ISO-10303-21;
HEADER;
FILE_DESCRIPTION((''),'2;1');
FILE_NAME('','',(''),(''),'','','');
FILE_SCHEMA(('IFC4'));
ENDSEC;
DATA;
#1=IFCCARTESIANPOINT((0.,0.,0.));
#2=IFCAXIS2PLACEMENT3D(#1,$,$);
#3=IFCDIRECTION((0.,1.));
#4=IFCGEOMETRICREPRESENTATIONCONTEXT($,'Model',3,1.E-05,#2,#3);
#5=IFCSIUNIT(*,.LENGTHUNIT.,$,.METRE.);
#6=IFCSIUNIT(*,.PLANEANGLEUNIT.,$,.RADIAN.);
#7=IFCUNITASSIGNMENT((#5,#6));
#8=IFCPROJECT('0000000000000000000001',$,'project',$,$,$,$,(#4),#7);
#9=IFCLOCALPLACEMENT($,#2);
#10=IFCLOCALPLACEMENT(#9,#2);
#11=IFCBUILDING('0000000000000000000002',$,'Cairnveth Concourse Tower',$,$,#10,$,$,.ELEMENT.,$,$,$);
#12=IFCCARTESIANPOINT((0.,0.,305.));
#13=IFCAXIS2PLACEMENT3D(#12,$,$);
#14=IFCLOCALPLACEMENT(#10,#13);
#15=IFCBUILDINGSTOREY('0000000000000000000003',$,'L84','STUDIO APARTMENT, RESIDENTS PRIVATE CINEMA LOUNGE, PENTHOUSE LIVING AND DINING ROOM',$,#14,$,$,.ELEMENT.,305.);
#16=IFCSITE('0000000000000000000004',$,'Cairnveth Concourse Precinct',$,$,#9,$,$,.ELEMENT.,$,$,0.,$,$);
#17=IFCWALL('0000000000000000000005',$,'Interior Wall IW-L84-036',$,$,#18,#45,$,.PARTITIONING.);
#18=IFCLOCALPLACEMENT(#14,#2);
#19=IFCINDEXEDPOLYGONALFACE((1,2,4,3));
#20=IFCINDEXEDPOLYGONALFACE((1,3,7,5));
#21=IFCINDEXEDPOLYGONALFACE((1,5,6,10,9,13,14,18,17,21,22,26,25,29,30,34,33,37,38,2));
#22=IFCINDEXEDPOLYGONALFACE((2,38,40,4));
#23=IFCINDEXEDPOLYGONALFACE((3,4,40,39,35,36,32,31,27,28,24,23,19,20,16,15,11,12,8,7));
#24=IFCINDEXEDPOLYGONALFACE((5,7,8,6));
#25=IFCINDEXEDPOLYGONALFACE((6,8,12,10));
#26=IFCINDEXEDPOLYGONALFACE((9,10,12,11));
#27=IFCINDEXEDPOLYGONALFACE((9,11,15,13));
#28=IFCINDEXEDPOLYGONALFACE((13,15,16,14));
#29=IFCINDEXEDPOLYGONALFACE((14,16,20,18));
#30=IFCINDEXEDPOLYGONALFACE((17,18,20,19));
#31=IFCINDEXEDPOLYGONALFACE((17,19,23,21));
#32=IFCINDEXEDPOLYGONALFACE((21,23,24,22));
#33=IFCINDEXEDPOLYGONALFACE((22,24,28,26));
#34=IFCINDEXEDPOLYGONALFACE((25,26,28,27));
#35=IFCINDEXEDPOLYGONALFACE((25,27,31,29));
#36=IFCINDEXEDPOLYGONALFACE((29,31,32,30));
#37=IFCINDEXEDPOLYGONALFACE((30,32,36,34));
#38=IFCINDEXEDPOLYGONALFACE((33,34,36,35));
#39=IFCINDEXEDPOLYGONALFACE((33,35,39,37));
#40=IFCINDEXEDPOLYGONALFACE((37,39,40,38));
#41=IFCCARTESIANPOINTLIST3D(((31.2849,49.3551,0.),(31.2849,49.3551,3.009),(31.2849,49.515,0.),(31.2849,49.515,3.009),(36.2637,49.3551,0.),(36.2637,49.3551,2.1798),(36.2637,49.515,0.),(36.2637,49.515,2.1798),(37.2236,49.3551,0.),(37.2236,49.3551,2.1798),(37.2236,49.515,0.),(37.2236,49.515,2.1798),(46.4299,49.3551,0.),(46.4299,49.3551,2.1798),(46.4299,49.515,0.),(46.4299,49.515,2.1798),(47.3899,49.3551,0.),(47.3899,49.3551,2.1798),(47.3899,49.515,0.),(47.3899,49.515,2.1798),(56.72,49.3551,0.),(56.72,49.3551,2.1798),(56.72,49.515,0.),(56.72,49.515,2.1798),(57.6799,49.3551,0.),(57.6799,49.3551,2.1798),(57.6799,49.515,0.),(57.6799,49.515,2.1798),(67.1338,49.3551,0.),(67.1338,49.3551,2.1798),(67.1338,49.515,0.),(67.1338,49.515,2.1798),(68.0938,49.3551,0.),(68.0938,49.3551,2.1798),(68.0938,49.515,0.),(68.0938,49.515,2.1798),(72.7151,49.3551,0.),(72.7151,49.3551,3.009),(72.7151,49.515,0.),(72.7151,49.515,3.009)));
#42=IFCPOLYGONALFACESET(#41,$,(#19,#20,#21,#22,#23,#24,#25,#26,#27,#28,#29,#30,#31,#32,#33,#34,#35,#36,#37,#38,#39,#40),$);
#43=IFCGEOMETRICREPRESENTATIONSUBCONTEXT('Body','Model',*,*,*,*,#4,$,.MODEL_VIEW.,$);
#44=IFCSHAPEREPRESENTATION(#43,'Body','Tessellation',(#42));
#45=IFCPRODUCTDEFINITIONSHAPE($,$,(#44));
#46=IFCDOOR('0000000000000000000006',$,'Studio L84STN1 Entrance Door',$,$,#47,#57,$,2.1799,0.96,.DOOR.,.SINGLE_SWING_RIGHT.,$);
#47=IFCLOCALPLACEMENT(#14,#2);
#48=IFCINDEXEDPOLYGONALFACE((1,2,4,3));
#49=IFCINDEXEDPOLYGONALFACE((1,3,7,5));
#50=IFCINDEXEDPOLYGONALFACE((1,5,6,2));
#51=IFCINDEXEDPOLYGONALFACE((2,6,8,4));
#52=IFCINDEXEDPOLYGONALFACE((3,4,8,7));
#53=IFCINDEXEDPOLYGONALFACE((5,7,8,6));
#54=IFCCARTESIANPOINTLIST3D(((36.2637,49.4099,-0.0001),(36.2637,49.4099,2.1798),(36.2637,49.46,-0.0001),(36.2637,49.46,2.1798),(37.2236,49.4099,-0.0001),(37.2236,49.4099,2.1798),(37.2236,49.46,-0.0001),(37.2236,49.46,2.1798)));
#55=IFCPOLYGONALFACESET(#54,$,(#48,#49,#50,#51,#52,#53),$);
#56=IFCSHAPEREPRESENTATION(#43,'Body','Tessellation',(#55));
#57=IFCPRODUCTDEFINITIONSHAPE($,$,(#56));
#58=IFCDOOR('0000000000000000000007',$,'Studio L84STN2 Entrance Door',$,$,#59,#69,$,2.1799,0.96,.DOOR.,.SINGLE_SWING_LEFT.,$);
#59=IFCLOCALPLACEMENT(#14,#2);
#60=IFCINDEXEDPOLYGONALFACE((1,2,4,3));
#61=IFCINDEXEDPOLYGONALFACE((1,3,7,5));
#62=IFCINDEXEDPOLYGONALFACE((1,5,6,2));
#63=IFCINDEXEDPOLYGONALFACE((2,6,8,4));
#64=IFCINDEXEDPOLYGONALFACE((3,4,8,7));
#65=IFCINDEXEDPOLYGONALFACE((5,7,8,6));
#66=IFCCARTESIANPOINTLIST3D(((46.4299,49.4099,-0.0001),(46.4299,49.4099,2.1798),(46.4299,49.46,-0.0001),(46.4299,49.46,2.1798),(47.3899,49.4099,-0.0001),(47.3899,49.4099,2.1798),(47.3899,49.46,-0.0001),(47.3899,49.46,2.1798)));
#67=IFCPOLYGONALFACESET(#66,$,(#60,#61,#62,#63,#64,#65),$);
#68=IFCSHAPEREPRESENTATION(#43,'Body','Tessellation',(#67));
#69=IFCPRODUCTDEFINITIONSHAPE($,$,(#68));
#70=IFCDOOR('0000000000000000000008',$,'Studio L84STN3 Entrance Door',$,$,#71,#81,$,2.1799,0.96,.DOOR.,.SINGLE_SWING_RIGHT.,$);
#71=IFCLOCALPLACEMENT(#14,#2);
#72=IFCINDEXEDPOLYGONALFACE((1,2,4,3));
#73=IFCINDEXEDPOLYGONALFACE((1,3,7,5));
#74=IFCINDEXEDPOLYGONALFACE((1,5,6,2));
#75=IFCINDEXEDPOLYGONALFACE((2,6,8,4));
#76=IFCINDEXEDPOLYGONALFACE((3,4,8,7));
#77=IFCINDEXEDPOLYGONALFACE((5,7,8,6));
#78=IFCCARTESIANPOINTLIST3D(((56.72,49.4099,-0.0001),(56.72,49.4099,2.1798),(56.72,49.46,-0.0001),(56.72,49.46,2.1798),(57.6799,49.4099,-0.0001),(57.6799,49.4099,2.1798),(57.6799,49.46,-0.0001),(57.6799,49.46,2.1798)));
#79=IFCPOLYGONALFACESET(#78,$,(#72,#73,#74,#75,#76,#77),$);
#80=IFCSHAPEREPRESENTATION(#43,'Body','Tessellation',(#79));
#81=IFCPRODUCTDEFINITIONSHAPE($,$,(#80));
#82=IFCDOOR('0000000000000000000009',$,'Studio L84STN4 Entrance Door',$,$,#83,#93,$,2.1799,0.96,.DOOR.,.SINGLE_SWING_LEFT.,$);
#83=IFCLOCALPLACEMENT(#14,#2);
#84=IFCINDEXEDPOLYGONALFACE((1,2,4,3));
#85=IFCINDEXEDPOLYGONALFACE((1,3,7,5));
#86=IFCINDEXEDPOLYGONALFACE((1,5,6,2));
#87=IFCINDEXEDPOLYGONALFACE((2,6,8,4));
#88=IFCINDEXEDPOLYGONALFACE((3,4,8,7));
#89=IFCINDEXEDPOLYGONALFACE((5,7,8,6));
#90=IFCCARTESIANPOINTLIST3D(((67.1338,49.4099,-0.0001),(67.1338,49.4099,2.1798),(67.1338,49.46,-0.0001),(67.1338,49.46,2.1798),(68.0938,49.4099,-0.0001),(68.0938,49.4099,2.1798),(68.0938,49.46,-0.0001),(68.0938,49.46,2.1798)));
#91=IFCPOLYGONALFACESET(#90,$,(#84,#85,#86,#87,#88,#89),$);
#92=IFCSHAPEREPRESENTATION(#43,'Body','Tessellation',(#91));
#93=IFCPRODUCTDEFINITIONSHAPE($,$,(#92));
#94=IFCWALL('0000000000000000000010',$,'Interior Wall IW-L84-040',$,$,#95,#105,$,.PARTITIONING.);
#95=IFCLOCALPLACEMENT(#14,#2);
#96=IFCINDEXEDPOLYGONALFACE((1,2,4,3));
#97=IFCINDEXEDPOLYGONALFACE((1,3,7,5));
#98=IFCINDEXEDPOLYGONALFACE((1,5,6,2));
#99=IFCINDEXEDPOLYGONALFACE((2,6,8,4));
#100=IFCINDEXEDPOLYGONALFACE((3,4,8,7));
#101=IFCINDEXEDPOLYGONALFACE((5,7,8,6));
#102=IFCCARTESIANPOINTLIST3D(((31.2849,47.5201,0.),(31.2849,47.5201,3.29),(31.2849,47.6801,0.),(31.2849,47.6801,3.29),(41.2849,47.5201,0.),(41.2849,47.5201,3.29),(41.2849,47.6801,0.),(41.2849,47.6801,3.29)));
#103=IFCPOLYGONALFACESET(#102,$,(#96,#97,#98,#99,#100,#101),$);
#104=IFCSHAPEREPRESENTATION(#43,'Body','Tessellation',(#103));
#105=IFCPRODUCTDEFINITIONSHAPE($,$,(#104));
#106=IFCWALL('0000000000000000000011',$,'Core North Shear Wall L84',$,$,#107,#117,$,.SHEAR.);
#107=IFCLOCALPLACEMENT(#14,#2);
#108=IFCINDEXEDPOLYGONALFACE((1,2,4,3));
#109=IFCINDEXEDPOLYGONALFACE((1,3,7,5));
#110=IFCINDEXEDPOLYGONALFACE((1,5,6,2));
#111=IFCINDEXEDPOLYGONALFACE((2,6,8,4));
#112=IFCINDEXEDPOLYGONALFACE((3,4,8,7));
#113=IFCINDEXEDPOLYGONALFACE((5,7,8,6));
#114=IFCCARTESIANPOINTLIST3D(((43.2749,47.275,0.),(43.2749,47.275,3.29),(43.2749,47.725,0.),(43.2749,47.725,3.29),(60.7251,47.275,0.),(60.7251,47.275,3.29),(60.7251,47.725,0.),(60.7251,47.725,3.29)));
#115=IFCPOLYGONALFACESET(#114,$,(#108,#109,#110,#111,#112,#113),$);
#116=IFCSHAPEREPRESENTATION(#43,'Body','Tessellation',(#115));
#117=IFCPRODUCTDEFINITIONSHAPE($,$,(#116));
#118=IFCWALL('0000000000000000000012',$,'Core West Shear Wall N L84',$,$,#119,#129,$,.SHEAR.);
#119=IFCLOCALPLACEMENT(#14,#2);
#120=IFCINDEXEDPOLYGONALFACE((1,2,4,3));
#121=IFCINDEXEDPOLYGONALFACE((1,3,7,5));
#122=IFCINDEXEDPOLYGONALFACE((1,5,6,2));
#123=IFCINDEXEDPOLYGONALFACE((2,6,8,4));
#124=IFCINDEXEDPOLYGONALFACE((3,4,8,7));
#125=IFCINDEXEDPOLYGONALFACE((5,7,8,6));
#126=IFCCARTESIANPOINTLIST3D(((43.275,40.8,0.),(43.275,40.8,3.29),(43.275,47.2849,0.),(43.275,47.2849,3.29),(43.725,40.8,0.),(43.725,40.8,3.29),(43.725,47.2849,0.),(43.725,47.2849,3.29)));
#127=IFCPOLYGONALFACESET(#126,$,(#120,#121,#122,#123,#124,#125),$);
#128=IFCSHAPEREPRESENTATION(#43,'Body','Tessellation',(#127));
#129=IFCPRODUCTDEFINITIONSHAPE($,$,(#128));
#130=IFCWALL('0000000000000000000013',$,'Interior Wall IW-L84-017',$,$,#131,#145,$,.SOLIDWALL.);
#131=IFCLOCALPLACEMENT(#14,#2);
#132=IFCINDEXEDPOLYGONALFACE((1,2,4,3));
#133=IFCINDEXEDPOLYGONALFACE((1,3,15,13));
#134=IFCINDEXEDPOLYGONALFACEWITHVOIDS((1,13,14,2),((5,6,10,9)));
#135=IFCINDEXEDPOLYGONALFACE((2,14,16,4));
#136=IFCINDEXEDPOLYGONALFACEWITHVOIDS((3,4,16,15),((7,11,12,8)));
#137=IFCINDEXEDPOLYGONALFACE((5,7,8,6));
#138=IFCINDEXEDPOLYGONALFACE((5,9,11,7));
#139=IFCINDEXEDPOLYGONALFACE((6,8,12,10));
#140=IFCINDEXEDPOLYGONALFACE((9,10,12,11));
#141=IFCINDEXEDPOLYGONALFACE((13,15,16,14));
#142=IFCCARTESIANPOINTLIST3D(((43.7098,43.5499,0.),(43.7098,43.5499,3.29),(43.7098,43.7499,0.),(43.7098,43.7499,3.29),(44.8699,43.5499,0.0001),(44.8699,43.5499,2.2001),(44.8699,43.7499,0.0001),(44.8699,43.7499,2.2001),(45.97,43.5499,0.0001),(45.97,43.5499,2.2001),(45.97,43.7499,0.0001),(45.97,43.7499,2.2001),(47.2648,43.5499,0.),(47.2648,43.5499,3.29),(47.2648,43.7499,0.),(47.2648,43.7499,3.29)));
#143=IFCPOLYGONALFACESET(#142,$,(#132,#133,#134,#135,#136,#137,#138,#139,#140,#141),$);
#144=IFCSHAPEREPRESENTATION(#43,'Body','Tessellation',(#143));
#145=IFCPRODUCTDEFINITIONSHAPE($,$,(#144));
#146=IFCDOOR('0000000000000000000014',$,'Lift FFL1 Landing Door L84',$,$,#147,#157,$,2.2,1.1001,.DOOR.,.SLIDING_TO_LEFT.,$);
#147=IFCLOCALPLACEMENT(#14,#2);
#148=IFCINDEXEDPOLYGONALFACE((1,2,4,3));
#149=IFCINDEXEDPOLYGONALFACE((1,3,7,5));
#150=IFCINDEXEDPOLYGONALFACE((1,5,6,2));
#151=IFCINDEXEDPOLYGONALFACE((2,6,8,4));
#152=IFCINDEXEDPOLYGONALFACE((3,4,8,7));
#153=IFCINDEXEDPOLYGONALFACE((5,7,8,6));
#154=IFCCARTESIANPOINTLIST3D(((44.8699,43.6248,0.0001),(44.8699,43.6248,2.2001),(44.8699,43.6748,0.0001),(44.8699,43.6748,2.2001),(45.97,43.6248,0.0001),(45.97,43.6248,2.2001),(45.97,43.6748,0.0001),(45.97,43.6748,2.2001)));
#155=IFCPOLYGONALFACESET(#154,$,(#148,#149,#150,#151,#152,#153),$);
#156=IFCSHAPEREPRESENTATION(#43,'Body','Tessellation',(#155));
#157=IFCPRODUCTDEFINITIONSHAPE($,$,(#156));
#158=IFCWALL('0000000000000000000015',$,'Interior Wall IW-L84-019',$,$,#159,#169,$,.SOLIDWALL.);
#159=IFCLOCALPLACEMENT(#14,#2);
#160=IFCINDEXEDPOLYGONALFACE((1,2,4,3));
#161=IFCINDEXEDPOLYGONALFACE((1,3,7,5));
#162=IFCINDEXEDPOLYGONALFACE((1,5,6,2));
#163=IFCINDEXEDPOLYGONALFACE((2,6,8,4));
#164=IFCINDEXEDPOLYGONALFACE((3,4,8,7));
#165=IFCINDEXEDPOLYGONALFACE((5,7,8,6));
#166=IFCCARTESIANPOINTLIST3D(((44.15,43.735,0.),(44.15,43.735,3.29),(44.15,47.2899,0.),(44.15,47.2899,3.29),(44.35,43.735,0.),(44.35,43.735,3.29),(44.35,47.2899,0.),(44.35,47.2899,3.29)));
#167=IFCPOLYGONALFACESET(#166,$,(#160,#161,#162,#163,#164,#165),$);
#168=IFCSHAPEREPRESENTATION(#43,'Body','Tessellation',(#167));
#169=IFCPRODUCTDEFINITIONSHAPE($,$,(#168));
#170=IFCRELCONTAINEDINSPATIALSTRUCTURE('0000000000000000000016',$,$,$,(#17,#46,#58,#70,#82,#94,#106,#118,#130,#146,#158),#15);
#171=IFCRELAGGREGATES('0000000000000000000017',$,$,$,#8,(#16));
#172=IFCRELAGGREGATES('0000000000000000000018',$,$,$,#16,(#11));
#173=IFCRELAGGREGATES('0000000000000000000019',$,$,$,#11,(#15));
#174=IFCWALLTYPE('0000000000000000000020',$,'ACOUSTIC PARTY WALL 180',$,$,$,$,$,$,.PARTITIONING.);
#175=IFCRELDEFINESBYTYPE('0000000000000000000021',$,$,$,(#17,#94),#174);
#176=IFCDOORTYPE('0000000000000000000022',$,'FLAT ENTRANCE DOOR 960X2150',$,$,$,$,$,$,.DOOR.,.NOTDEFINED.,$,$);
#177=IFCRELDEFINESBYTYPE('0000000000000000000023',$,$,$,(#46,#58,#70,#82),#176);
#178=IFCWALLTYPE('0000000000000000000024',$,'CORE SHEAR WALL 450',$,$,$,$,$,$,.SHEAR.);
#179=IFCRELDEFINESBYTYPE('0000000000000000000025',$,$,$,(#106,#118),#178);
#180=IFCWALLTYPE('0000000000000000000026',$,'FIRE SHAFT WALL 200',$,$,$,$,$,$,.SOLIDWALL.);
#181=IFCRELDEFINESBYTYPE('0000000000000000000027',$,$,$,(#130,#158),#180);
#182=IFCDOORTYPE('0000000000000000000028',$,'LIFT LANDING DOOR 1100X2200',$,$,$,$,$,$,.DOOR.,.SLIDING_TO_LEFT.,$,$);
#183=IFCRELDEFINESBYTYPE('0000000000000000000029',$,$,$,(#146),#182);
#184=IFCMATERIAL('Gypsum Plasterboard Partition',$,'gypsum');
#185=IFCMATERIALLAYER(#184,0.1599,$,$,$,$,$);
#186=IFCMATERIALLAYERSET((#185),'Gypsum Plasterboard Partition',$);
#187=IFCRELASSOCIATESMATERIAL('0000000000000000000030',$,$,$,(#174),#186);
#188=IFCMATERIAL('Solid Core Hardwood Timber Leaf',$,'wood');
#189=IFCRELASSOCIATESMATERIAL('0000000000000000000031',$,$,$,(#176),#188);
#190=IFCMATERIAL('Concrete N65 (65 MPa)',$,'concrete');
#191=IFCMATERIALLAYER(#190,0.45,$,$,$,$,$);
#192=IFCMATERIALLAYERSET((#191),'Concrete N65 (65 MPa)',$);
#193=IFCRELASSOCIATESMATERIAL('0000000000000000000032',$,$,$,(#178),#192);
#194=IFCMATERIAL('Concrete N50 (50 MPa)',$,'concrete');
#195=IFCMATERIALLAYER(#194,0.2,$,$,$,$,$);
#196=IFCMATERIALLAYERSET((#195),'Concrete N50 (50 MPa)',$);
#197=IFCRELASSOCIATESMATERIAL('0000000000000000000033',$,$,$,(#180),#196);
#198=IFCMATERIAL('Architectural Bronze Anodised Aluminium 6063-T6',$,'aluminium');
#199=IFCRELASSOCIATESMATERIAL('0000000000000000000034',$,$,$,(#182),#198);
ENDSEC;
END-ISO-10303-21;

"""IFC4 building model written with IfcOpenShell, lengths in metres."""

from ifc_helpers import new_model, si_unit, direction, frame, frame_2d, origin, place, context, subcontext, project, spatial, rectangle, extrude, material, layer, layer_set, type_object, element, fill, save


model = new_model("IFC4")

# Units and contexts
model_context = context("Model", 3, precision=1e-05, world=origin(), true_north=direction((0.0, 1.0)))
body_context = subcontext(model_context, "Body", "Model", "MODEL_VIEW")
ifc_project = project(units=[si_unit("LENGTHUNIT", "METRE"), si_unit("PLANEANGLEUNIT", "RADIAN")], contexts=[model_context])

# Site, building, storey
site_placement = place(None, origin())
site = spatial("IfcSite", under=ifc_project, at=site_placement, Name="Cairnveth Concourse Precinct", CompositionType="ELEMENT", RefElevation=0.0)
building_placement = place(site_placement, origin())
building = spatial("IfcBuilding", under=site, at=building_placement, Name="Cairnveth Concourse Tower", CompositionType="ELEMENT")
storey_placement = place(building_placement, frame((0.0, 0.0, 305.0)))
storey = spatial("IfcBuildingStorey", under=building, at=storey_placement, Name="L84", Description="STUDIO APARTMENT, RESIDENTS PRIVATE CINEMA LOUNGE, PENTHOUSE LIVING AND DINING ROOM", CompositionType="ELEMENT", Elevation=305.0)

# Shared definitions
ifc_material_1 = material(Name="Concrete N50 (50 MPa)", Category="concrete")

# Wall, openings, doors
ifc_material_2 = material(Name="Gypsum Plasterboard Partition", Category="gypsum")
ifc_layer_1 = layer(ifc_material_2, 0.1599)
ifc_layer_set_1 = layer_set([ifc_layer_1], Name="Gypsum Plasterboard Partition")
wall_type_1 = type_object("IfcWallType", Name="ACOUSTIC PARTY WALL 180", PredefinedType="PARTITIONING", material=ifc_layer_set_1)
wall_1_placement = place(storey_placement, frame((31.2849, 49.4351, 0.0), z_axis=(0.0, 0.0, 1.0), x_axis=(1.0, 0.0, 0.0)))
wall_1 = element("IfcWall", 1, at=wall_1_placement, inside=storey, type_object=wall_type_1, Name="Interior Wall IW-L84-036", PredefinedType="PARTITIONING", context=body_context, shape_type="SweptSolid", body=[
    extrude(rectangle(XDim=41.4302, YDim=0.1599, at=frame_2d((20.7151, 0.0))), origin(), (0.0, 0.0, 1.0), 3.009),
])
opening_1_placement = place(wall_1_placement, frame((4.9788, 0.0, 0.0)))
opening_1 = element("IfcOpeningElement", 2, at=opening_1_placement, cuts=wall_1, PredefinedType="OPENING", context=body_context, shape_type="SweptSolid", body=[
    extrude(rectangle(XDim=0.96, YDim=2.1799, at=frame_2d((0.48, 1.0898))), frame((0.0, 0.0898, 0.0), z_axis=(0.0, -1.0, 0.0), x_axis=(1.0, 0.0, 0.0)), (0.0, 0.0, 1.0), 0.1799),
])
opening_2_placement = place(wall_1_placement, frame((15.145, 0.0, 0.0)))
opening_2 = element("IfcOpeningElement", 3, at=opening_2_placement, cuts=wall_1, PredefinedType="OPENING", context=body_context, shape_type="SweptSolid", body=[
    extrude(rectangle(XDim=0.96, YDim=2.1799, at=frame_2d((0.48, 1.0898))), frame((0.0, 0.0898, 0.0), z_axis=(0.0, -1.0, 0.0), x_axis=(1.0, 0.0, 0.0)), (0.0, 0.0, 1.0), 0.1799),
])
opening_3_placement = place(wall_1_placement, frame((25.4351, 0.0, 0.0)))
opening_3 = element("IfcOpeningElement", 4, at=opening_3_placement, cuts=wall_1, PredefinedType="OPENING", context=body_context, shape_type="SweptSolid", body=[
    extrude(rectangle(XDim=0.96, YDim=2.1799, at=frame_2d((0.48, 1.0898))), frame((0.0, 0.0898, 0.0), z_axis=(0.0, -1.0, 0.0), x_axis=(1.0, 0.0, 0.0)), (0.0, 0.0, 1.0), 0.1799),
])
opening_4_placement = place(wall_1_placement, frame((35.8489, 0.0, 0.0)))
opening_4 = element("IfcOpeningElement", 5, at=opening_4_placement, cuts=wall_1, PredefinedType="OPENING", context=body_context, shape_type="SweptSolid", body=[
    extrude(rectangle(XDim=0.96, YDim=2.1799, at=frame_2d((0.48, 1.0898))), frame((0.0, 0.0898, 0.0), z_axis=(0.0, -1.0, 0.0), x_axis=(1.0, 0.0, 0.0)), (0.0, 0.0, 1.0), 0.1799),
])
ifc_material_3 = material(Name="Solid Core Hardwood Timber Leaf", Category="wood")
door_type_1 = type_object("IfcDoorType", Name="FLAT ENTRANCE DOOR 960X2150", OperationType="NOTDEFINED", PredefinedType="DOOR", material=ifc_material_3)
door_1_placement = place(opening_1_placement, origin())
door_1 = element("IfcDoor", 6, at=door_1_placement, inside=storey, type_object=door_type_1, Name="Studio L84STN1 Entrance Door", OperationType="SINGLE_SWING_RIGHT", OverallHeight=2.1799, OverallWidth=0.96, PredefinedType="DOOR", context=body_context, shape_type="SweptSolid", body=[
    extrude(rectangle(XDim=0.96, YDim=2.1799, at=frame_2d((0.48, 1.0898))), frame((0.0, 0.0249, 0.0), z_axis=(0.0, -1.0, 0.0), x_axis=(1.0, 0.0, 0.0)), (0.0, 0.0, 1.0), 0.05),
])
fill(opening_1, door_1)
door_2_placement = place(opening_2_placement, origin())
door_2 = element("IfcDoor", 7, at=door_2_placement, inside=storey, type_object=door_type_1, Name="Studio L84STN2 Entrance Door", OperationType="SINGLE_SWING_LEFT", OverallHeight=2.1799, OverallWidth=0.96, PredefinedType="DOOR", context=body_context, shape_type="SweptSolid", body=[
    extrude(rectangle(XDim=0.96, YDim=2.1799, at=frame_2d((0.48, 1.0898))), frame((0.0, 0.0249, 0.0), z_axis=(0.0, -1.0, 0.0), x_axis=(1.0, 0.0, 0.0)), (0.0, 0.0, 1.0), 0.05),
])
fill(opening_2, door_2)
door_3_placement = place(opening_3_placement, origin())
door_3 = element("IfcDoor", 8, at=door_3_placement, inside=storey, type_object=door_type_1, Name="Studio L84STN3 Entrance Door", OperationType="SINGLE_SWING_RIGHT", OverallHeight=2.1799, OverallWidth=0.96, PredefinedType="DOOR", context=body_context, shape_type="SweptSolid", body=[
    extrude(rectangle(XDim=0.96, YDim=2.1799, at=frame_2d((0.48, 1.0898))), frame((0.0, 0.0249, 0.0), z_axis=(0.0, -1.0, 0.0), x_axis=(1.0, 0.0, 0.0)), (0.0, 0.0, 1.0), 0.05),
])
fill(opening_3, door_3)
door_4_placement = place(opening_4_placement, origin())
door_4 = element("IfcDoor", 9, at=door_4_placement, inside=storey, type_object=door_type_1, Name="Studio L84STN4 Entrance Door", OperationType="SINGLE_SWING_LEFT", OverallHeight=2.1799, OverallWidth=0.96, PredefinedType="DOOR", context=body_context, shape_type="SweptSolid", body=[
    extrude(rectangle(XDim=0.96, YDim=2.1799, at=frame_2d((0.48, 1.0898))), frame((0.0, 0.0249, 0.0), z_axis=(0.0, -1.0, 0.0), x_axis=(1.0, 0.0, 0.0)), (0.0, 0.0, 1.0), 0.05),
])
fill(opening_4, door_4)

# Walls
wall_2_placement = place(storey_placement, frame((31.2849, 47.6001, 0.0), z_axis=(0.0, 0.0, 1.0), x_axis=(1.0, 0.0, 0.0)))
element("IfcWall", 10, at=wall_2_placement, inside=storey, type_object=wall_type_1, Name="Interior Wall IW-L84-040", PredefinedType="PARTITIONING", context=body_context, shape_type="SweptSolid", body=[
    extrude(rectangle(XDim=10.0, YDim=0.1599, at=frame_2d((5.0, 0.0))), origin(), (0.0, 0.0, 1.0), 3.29),
])
ifc_material_4 = material(Name="Concrete N65 (65 MPa)", Category="concrete")
ifc_layer_2 = layer(ifc_material_4, 0.45)
ifc_layer_set_2 = layer_set([ifc_layer_2], Name="Concrete N65 (65 MPa)")
wall_type_2 = type_object("IfcWallType", Name="CORE SHEAR WALL 450", PredefinedType="SHEAR", material=ifc_layer_set_2)
wall_3_placement = place(storey_placement, frame((43.2749, 47.5, 0.0), z_axis=(0.0, 0.0, 1.0), x_axis=(1.0, 0.0, 0.0)))
element("IfcWall", 11, at=wall_3_placement, inside=storey, type_object=wall_type_2, Name="Core North Shear Wall L84", PredefinedType="SHEAR", context=body_context, shape_type="SweptSolid", body=[
    extrude(rectangle(XDim=17.4502, YDim=0.45, at=frame_2d((8.7251, 0.0))), origin(), (0.0, 0.0, 1.0), 3.29),
])
wall_4_placement = place(storey_placement, frame((43.5, 40.8, 0.0), z_axis=(0.0, 0.0, 1.0), x_axis=(0.0, 1.0, 0.0)))
element("IfcWall", 12, at=wall_4_placement, inside=storey, type_object=wall_type_2, Name="Core West Shear Wall N L84", PredefinedType="SHEAR", context=body_context, shape_type="SweptSolid", body=[
    extrude(rectangle(XDim=6.4849, YDim=0.45, at=frame_2d((3.2424, 0.0))), origin(), (0.0, 0.0, 1.0), 3.29),
])

# Wall, opening, door
ifc_layer_3 = layer(ifc_material_1, 0.2)
ifc_layer_set_3 = layer_set([ifc_layer_3], Name="Concrete N50 (50 MPa)")
wall_type_3 = type_object("IfcWallType", Name="FIRE SHAFT WALL 200", PredefinedType="SOLIDWALL", material=ifc_layer_set_3)
wall_5_placement = place(storey_placement, frame((43.71, 43.6499, 0.0), z_axis=(0.0, 0.0, 1.0), x_axis=(1.0, 0.0, 0.0)))
wall_5 = element("IfcWall", 13, at=wall_5_placement, inside=storey, type_object=wall_type_3, Name="Interior Wall IW-L84-017", PredefinedType="SOLIDWALL", context=body_context, shape_type="SweptSolid", body=[
    extrude(rectangle(XDim=3.5549, YDim=0.2, at=frame_2d((1.7773, 0.0))), origin(), (0.0, 0.0, 1.0), 3.29),
])
opening_5_placement = place(wall_5_placement, frame((1.1599, 0.0, 0.0)))
opening_5 = element("IfcOpeningElement", 14, at=opening_5_placement, cuts=wall_5, PredefinedType="OPENING", context=body_context, shape_type="SweptSolid", body=[
    extrude(rectangle(XDim=1.1001, YDim=2.2, at=frame_2d((0.55, 1.1001))), frame((0.0, 0.1099, 0.0), z_axis=(0.0, -1.0, 0.0), x_axis=(1.0, 0.0, 0.0)), (0.0, 0.0, 1.0), 0.22),
])
ifc_material_5 = material(Name="Architectural Bronze Anodised Aluminium 6063-T6", Category="aluminium")
door_type_2 = type_object("IfcDoorType", Name="LIFT LANDING DOOR 1100X2200", OperationType="SLIDING_TO_LEFT", PredefinedType="DOOR", material=ifc_material_5)
door_5_placement = place(opening_5_placement, origin())
door_5 = element("IfcDoor", 15, at=door_5_placement, inside=storey, type_object=door_type_2, Name="Lift FFL1 Landing Door L84", OperationType="SLIDING_TO_LEFT", OverallHeight=2.2, OverallWidth=1.1001, PredefinedType="DOOR", context=body_context, shape_type="SweptSolid", body=[
    extrude(rectangle(XDim=1.1001, YDim=2.2, at=frame_2d((0.55, 1.1001))), frame((0.0, 0.0249, 0.0), z_axis=(0.0, -1.0, 0.0), x_axis=(1.0, 0.0, 0.0)), (0.0, 0.0, 1.0), 0.05),
])
fill(opening_5, door_5)

# Wall
wall_6_placement = place(storey_placement, frame((44.25, 43.7351, 0.0), z_axis=(0.0, 0.0, 1.0), x_axis=(0.0, 1.0, 0.0)))
element("IfcWall", 16, at=wall_6_placement, inside=storey, type_object=wall_type_3, Name="Interior Wall IW-L84-019", PredefinedType="SOLIDWALL", context=body_context, shape_type="SweptSolid", body=[
    extrude(rectangle(XDim=3.5549, YDim=0.2, at=frame_2d((1.7773, 0.0))), origin(), (0.0, 0.0, 1.0), 3.29),
])

save(model, "model.ifc")
